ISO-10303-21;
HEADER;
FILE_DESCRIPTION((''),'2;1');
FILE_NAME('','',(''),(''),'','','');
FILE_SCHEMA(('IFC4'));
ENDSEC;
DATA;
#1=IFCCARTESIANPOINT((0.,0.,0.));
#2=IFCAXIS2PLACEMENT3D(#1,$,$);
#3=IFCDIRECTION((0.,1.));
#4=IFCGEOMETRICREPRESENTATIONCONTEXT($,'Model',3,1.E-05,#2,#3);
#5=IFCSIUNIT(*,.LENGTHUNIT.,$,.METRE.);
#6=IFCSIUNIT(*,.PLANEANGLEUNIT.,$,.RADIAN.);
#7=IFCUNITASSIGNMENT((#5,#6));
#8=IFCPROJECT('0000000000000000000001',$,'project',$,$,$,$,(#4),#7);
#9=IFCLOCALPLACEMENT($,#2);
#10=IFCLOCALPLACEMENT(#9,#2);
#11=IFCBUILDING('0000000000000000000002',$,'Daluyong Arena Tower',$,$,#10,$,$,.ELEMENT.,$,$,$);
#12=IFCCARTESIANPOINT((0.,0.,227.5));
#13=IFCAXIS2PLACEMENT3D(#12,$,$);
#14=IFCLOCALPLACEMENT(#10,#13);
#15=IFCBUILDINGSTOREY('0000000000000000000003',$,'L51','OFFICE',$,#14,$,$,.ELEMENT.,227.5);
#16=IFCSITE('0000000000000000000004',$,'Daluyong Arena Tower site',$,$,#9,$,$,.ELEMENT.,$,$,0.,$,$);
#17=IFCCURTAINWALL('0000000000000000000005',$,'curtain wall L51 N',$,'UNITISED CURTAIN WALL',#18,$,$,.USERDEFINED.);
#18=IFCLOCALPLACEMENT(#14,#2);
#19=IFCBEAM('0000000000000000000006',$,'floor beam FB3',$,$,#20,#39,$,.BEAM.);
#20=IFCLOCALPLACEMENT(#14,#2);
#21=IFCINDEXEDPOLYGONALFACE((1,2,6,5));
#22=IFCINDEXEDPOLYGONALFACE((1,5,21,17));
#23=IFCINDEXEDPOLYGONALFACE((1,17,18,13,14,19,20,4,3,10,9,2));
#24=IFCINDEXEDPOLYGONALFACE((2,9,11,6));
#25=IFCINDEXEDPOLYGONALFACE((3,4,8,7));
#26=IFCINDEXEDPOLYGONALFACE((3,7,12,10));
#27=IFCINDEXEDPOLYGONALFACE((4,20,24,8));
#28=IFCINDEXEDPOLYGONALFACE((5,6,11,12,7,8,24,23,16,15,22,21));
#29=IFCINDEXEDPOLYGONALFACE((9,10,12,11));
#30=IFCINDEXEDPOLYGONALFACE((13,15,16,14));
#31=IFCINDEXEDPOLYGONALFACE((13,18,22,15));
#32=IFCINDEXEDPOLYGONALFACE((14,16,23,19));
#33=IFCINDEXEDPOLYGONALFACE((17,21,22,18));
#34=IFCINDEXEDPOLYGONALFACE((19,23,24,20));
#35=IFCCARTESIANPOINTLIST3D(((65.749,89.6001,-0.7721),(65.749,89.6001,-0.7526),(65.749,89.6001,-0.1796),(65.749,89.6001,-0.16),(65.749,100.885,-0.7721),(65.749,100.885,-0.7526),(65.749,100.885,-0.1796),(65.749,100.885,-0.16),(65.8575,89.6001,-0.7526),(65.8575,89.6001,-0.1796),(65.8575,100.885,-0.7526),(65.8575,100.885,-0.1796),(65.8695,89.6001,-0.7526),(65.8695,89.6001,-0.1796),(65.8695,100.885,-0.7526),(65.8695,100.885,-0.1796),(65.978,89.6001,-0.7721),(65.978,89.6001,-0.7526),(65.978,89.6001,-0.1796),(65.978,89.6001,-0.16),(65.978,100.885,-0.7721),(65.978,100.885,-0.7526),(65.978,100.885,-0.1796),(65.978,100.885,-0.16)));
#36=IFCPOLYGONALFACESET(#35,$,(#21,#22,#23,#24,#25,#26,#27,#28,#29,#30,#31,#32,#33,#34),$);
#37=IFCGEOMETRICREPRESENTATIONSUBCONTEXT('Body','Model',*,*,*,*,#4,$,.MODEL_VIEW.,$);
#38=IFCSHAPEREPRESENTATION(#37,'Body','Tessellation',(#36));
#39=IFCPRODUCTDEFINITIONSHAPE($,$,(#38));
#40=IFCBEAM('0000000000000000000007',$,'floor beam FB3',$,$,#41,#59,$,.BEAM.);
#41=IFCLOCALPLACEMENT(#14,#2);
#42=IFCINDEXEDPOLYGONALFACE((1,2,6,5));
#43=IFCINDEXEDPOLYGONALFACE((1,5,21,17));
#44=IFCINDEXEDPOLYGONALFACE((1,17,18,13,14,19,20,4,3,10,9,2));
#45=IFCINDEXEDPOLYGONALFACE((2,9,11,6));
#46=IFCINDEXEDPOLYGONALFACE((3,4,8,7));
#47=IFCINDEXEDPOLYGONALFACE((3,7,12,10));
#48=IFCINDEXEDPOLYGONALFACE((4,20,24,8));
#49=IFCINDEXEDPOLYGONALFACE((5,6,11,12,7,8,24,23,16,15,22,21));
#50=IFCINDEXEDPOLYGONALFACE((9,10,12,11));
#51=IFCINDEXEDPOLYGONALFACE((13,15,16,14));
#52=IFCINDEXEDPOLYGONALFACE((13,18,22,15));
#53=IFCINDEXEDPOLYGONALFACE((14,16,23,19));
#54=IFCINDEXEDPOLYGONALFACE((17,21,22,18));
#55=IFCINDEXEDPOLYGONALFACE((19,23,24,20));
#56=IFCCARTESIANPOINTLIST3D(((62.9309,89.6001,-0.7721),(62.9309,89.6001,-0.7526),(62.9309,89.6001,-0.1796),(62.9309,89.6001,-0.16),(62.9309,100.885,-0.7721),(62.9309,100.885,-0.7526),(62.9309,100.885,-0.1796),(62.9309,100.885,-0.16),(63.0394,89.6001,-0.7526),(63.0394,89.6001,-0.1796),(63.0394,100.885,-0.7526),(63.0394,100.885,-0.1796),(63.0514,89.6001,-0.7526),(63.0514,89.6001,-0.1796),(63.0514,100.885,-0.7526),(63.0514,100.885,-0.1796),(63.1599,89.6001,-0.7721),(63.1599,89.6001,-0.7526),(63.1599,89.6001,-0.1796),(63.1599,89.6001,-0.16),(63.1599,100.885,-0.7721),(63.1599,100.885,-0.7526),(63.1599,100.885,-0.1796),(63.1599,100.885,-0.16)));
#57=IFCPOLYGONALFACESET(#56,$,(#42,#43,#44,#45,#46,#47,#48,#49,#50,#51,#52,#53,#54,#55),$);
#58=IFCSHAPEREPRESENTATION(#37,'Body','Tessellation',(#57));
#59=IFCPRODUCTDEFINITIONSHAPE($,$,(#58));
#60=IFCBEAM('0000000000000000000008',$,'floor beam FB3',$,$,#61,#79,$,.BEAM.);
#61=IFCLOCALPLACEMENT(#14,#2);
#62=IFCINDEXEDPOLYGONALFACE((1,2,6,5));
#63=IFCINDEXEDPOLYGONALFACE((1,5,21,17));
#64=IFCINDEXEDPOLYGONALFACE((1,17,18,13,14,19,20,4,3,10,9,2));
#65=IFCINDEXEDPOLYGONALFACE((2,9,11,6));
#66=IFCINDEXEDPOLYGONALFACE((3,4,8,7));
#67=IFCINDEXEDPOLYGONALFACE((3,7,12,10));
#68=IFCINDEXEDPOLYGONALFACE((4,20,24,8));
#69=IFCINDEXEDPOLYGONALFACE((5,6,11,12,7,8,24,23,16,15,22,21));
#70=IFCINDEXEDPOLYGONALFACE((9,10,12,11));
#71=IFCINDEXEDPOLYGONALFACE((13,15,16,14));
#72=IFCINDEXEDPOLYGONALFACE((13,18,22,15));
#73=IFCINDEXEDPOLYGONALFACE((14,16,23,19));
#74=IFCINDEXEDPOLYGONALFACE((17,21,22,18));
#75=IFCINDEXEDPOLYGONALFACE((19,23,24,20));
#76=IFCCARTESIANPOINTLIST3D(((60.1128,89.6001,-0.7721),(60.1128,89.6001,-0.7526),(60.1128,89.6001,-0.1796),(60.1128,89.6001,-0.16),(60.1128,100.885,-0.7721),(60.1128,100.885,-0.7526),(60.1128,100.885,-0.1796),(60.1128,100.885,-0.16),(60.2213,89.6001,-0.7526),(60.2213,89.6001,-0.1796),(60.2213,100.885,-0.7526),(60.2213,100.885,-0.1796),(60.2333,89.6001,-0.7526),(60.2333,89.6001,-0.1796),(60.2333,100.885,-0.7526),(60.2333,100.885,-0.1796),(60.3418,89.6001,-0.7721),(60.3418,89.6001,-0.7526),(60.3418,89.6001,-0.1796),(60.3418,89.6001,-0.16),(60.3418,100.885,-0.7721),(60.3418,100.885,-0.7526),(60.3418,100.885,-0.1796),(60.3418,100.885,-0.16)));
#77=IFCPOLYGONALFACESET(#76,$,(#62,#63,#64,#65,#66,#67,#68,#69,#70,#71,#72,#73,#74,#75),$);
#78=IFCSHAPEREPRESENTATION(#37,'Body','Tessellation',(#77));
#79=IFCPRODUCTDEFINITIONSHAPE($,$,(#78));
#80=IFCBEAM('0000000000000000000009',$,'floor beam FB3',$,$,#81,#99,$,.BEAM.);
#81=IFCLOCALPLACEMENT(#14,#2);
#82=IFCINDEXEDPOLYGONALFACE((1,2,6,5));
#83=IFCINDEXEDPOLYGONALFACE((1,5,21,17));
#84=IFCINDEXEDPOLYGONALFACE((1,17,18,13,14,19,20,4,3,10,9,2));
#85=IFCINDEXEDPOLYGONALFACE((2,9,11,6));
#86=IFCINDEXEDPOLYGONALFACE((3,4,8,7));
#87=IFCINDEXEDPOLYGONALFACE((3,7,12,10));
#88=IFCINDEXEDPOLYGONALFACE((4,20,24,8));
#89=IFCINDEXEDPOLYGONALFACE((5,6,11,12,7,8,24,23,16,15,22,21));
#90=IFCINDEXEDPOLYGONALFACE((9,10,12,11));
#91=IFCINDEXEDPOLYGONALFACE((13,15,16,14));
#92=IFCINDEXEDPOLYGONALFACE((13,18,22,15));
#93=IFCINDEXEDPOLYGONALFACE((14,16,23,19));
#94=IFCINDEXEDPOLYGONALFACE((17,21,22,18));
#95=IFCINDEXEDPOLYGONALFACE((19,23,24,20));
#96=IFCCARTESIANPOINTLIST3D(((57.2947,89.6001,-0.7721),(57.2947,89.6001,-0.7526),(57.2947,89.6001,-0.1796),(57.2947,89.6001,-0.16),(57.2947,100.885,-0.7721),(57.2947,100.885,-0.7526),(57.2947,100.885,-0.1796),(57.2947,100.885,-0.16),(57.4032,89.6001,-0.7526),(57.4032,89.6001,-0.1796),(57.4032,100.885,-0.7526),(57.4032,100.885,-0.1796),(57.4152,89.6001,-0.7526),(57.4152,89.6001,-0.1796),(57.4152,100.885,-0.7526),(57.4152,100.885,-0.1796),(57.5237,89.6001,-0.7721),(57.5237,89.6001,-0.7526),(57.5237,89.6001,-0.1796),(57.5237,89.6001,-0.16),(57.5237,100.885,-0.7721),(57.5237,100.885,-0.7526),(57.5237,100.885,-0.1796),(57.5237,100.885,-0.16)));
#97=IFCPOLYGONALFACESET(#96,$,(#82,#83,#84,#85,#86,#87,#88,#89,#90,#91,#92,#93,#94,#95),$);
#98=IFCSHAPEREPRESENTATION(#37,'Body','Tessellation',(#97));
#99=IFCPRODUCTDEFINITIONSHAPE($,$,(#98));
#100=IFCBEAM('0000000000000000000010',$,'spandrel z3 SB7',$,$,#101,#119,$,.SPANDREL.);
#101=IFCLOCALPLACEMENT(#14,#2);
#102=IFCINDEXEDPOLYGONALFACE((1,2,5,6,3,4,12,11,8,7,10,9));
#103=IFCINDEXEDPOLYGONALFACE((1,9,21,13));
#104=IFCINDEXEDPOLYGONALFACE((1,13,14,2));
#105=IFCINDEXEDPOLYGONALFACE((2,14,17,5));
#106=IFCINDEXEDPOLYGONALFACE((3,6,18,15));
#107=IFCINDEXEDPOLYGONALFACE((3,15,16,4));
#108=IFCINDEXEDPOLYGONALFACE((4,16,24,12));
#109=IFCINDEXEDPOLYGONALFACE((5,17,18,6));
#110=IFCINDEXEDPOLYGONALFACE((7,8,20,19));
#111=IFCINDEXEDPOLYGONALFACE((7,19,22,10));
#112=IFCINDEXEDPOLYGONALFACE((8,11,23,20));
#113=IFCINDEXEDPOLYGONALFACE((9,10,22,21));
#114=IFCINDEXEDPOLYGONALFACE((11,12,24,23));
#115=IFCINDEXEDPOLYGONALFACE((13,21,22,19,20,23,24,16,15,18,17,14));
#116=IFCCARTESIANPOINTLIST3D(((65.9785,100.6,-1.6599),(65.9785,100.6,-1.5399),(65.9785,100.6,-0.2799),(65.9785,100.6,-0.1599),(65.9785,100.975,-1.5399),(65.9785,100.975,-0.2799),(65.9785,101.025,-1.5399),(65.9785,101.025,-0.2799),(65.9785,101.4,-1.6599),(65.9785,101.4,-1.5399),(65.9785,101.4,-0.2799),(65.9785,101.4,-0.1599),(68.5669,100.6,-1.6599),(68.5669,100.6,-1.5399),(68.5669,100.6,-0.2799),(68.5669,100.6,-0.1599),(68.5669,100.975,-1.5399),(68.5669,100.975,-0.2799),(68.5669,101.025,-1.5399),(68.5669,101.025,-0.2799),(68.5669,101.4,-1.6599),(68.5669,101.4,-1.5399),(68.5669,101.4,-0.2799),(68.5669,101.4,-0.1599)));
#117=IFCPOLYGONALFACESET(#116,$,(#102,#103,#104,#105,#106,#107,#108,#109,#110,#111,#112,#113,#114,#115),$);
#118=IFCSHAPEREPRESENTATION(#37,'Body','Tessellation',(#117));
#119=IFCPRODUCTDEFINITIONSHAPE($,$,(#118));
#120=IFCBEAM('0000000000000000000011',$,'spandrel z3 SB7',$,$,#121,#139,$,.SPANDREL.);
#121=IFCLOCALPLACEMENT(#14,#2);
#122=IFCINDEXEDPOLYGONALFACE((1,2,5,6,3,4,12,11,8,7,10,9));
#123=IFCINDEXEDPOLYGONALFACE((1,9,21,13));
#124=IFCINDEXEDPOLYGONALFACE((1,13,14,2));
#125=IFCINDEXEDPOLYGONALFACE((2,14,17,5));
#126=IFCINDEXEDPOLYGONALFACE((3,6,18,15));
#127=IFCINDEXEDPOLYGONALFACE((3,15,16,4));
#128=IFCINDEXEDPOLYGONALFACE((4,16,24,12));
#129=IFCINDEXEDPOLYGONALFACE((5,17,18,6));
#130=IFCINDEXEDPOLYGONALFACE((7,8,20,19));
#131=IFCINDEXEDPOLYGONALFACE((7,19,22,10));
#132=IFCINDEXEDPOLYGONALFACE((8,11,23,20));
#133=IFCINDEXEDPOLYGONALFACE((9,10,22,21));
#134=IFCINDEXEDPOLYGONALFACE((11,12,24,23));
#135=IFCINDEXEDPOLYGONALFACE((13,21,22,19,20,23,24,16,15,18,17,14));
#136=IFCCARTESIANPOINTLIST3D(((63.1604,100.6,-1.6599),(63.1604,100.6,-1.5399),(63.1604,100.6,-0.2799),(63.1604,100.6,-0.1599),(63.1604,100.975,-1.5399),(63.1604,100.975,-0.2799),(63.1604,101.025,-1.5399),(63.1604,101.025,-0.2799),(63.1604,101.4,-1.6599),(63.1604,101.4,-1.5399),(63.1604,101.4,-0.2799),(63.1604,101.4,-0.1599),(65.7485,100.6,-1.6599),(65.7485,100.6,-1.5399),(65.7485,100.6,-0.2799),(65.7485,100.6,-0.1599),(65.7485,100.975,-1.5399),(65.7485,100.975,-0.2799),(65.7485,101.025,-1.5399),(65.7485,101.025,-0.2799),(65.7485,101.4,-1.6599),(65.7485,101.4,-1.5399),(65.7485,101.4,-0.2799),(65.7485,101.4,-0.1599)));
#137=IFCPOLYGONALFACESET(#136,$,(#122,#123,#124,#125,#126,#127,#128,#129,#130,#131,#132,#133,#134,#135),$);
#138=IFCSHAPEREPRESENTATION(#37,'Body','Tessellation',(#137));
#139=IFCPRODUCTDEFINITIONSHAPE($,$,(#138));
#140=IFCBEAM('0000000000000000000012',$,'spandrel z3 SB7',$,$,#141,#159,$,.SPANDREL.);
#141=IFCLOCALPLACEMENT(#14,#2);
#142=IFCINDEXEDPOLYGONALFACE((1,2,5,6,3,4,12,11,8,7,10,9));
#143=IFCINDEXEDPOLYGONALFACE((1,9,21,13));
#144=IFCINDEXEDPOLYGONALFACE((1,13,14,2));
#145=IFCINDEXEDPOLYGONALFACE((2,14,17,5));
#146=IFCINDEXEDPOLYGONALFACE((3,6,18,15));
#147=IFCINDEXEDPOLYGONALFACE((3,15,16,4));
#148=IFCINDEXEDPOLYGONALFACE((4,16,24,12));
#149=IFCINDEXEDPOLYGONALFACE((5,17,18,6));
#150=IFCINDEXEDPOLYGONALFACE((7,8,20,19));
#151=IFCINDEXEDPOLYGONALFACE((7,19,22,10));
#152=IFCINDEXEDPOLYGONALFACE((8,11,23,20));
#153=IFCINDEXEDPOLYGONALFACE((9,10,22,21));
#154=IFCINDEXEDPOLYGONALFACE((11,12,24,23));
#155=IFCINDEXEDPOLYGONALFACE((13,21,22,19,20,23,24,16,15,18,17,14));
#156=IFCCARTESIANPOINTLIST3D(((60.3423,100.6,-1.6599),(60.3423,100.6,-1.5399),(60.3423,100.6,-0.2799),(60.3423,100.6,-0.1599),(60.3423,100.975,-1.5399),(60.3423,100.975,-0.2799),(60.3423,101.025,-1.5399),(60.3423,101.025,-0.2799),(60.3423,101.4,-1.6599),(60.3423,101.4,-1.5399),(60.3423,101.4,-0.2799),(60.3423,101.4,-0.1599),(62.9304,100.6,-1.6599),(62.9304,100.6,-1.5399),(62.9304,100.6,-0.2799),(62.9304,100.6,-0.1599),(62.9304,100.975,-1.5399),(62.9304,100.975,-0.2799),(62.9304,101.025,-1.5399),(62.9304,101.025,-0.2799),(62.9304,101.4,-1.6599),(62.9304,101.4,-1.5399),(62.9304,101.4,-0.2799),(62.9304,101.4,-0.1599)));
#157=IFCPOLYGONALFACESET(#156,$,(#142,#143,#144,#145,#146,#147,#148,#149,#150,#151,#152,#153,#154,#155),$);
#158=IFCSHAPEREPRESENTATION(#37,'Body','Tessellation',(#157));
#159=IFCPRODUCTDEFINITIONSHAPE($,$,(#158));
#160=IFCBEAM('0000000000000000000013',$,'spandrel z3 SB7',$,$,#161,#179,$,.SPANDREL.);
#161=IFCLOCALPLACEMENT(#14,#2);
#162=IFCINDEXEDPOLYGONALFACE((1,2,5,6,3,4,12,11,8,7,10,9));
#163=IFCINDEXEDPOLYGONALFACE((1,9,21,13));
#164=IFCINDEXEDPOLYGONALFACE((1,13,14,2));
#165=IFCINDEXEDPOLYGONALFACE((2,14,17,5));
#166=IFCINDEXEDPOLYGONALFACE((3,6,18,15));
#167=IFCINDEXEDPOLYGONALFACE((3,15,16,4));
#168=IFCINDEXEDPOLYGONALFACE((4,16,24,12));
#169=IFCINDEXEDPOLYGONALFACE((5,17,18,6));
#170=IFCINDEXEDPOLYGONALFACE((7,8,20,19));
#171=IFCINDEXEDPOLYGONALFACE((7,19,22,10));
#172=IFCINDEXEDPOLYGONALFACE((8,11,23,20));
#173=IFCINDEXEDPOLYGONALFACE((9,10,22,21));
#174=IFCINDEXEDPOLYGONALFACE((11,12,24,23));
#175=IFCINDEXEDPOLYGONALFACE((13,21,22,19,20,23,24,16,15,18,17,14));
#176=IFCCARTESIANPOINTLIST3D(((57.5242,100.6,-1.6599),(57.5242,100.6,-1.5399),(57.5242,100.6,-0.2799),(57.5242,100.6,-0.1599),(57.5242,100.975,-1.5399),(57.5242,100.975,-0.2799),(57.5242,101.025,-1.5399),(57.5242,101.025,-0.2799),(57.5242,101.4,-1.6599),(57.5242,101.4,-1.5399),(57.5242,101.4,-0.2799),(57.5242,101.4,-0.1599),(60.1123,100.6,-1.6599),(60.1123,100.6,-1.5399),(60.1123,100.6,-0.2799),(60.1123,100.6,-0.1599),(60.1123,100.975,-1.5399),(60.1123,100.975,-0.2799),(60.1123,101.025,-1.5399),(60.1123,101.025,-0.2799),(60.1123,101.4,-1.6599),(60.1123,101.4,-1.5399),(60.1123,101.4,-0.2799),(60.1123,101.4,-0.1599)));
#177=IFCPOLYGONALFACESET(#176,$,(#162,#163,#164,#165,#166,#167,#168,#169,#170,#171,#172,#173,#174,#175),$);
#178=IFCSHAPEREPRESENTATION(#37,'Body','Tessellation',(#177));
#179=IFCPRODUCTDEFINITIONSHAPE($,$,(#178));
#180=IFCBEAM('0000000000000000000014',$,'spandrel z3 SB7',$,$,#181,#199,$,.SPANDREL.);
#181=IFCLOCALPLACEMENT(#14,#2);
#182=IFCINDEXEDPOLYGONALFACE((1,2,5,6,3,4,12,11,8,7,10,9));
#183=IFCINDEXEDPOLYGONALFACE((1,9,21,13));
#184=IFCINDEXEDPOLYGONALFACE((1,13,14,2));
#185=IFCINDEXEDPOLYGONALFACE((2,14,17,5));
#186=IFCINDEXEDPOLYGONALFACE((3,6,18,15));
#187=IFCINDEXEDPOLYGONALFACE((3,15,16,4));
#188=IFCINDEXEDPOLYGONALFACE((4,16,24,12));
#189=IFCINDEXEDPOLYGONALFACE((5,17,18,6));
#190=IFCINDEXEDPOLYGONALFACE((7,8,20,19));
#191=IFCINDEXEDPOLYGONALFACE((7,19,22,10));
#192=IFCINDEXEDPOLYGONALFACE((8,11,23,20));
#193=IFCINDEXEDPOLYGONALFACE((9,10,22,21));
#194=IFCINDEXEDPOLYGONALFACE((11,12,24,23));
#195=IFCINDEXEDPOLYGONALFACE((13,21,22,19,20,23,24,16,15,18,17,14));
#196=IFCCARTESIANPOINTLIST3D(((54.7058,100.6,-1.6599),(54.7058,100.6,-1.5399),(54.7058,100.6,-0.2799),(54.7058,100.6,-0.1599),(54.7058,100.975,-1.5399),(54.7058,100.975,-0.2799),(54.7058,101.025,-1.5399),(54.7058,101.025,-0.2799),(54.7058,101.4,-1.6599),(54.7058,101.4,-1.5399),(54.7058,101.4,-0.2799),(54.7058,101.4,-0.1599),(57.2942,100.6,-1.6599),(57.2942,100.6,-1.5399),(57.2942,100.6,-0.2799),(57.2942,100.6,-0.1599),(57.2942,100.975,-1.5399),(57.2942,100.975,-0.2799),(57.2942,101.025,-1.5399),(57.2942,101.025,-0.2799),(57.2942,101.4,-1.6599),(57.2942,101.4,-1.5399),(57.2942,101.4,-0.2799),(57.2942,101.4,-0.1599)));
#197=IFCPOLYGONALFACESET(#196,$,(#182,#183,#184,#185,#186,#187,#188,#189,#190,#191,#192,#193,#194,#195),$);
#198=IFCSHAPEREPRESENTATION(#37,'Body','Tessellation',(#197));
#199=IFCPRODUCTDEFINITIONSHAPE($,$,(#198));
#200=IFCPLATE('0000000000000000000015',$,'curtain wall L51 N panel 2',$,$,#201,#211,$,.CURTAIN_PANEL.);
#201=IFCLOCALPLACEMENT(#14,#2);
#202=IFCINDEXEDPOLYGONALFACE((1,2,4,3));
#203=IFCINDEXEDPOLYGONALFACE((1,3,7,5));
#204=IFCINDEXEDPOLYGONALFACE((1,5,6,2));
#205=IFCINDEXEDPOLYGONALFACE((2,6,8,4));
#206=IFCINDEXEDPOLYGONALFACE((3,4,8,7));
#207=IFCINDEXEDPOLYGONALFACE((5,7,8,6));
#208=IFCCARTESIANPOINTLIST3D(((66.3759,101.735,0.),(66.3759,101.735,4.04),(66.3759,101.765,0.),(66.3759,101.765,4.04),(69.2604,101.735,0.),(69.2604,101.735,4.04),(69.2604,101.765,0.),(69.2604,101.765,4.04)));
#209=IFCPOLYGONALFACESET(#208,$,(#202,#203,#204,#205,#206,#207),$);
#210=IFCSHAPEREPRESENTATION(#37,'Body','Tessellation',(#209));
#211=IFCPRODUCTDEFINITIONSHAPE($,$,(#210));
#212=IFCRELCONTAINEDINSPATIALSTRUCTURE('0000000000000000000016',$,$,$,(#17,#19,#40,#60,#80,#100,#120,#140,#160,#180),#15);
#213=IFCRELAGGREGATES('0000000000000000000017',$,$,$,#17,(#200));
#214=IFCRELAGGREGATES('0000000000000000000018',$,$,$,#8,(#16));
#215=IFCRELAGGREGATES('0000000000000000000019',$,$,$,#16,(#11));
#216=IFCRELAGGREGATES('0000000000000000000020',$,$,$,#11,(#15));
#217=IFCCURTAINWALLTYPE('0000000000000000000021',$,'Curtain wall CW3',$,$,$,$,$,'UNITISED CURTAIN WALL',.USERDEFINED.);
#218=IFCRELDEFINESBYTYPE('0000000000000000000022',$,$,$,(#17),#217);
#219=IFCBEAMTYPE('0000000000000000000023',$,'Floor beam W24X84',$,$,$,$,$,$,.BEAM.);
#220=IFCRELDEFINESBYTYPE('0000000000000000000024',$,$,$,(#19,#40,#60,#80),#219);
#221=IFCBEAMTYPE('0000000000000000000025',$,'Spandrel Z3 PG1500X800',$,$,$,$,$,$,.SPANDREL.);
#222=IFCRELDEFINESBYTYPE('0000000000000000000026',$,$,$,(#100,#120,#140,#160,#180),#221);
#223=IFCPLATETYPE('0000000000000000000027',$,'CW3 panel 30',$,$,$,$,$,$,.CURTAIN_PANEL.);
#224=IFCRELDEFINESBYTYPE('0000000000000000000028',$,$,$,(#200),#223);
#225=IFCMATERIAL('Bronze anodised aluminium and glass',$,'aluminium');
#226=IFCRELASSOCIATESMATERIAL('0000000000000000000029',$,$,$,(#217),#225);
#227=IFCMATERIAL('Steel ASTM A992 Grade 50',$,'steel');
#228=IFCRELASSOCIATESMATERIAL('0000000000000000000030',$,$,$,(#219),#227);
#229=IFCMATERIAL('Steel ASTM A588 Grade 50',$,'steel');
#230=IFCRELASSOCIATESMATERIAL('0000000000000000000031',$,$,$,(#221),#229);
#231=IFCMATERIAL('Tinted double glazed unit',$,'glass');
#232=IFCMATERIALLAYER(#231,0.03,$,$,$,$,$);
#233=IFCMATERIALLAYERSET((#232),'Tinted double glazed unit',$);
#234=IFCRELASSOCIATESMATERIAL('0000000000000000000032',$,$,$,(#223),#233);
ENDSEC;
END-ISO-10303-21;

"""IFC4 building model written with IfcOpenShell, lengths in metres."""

from ifc_helpers import new_model, si_unit, direction, frame, origin, origin_2d, place, context, subcontext, project, spatial, rectangle, i_section, extrude, material, layer, layer_set, material_profile, profile_set, type_object, element, aggregate, save


model = new_model("IFC4")

# Units and contexts
model_context = context("Model", 3, precision=1e-05, world=origin(), true_north=direction((0.0, 1.0)))
body_context = subcontext(model_context, "Body", "Model", "MODEL_VIEW")
ifc_project = project(units=[si_unit("LENGTHUNIT", "METRE"), si_unit("PLANEANGLEUNIT", "RADIAN")], contexts=[model_context])

# Site, building, storey
site_placement = place(None, origin())
site = spatial("IfcSite", under=ifc_project, at=site_placement, Name="Daluyong Arena Tower site", CompositionType="ELEMENT", RefElevation=0.0)
building_placement = place(site_placement, origin())
building = spatial("IfcBuilding", under=site, at=building_placement, Name="Daluyong Arena Tower", CompositionType="ELEMENT")
storey_placement = place(building_placement, frame((0.0, 0.0, 227.5)))
storey = spatial("IfcBuildingStorey", under=building, at=storey_placement, Name="L51", Description="OFFICE", CompositionType="ELEMENT", Elevation=227.5)

# Curtain wall
ifc_material_1 = material(Name="Bronze anodised aluminium and glass", Category="aluminium")
curtain_wall_type = type_object("IfcCurtainWallType", Name="Curtain wall CW3", ElementType="UNITISED CURTAIN WALL", PredefinedType="USERDEFINED", material=ifc_material_1)
curtain_wall_placement = place(storey_placement, origin())
curtain_wall = element("IfcCurtainWall", 1, at=curtain_wall_placement, inside=storey, type_object=curtain_wall_type, Name="curtain wall L51 N", ObjectType="UNITISED CURTAIN WALL", PredefinedType="USERDEFINED")

# Beams
ifc_material_2 = material(Name="Steel ASTM A992 Grade 50", Category="steel")
ifc_material_profile_1 = material_profile(ifc_material_2, i_section(OverallWidth=0.229, OverallDepth=0.6121, WebThickness=0.012, FlangeThickness=0.0195, at=origin_2d()))
ifc_profile_set_1 = profile_set([ifc_material_profile_1], Name="Steel ASTM A992 Grade 50")
beam_type_1 = type_object("IfcBeamType", Name="Floor beam W24X84", PredefinedType="BEAM", material=ifc_profile_set_1)
for number, where, z_axis, x_axis, name in (
    (2, (65.8635, 100.885, -0.4661), (0.0, -1.0, 0.0), (1.0, 0.0, 0.0), "floor beam FB3"),
    (3, (63.0454, 100.885, -0.4661), (0.0, -1.0, 0.0), (1.0, 0.0, 0.0), "floor beam FB3"),
    (4, (60.2273, 100.885, -0.4661), (0.0, -1.0, 0.0), (1.0, 0.0, 0.0), "floor beam FB3"),
    (5, (57.4092, 100.885, -0.4661), (0.0, -1.0, 0.0), (1.0, 0.0, 0.0), "floor beam FB3"),
):
    element("IfcBeam", number, at=place(storey_placement, frame(where, z_axis=z_axis, x_axis=x_axis)), inside=storey, type_object=beam_type_1, Name=name, PredefinedType="BEAM", context=body_context, shape_type="SweptSolid", body=[
        extrude(i_section(OverallWidth=0.229, OverallDepth=0.6121, WebThickness=0.012, FlangeThickness=0.0195, at=origin_2d()), origin(), (0.0, 0.0, 1.0), 11.2849),
    ])
ifc_material_3 = material(Name="Steel ASTM A588 Grade 50", Category="steel")
ifc_material_profile_2 = material_profile(ifc_material_3, i_section(OverallWidth=0.8, OverallDepth=1.5, WebThickness=0.05, FlangeThickness=0.12, at=origin_2d()))
ifc_profile_set_2 = profile_set([ifc_material_profile_2], Name="Steel ASTM A588 Grade 50")
beam_type_2 = type_object("IfcBeamType", Name="Spandrel Z3 PG1500X800", PredefinedType="SPANDREL", material=ifc_profile_set_2)
beam_1_placement = place(storey_placement, frame((68.5669, 101.0, -0.9099), z_axis=(-1.0, 0.0, 0.0), x_axis=(0.0, -1.0, 0.0)))
element("IfcBeam", 6, at=beam_1_placement, inside=storey, type_object=beam_type_2, Name="spandrel z3 SB7", PredefinedType="SPANDREL", context=body_context, shape_type="SweptSolid", body=[
    extrude(i_section(OverallWidth=0.8, OverallDepth=1.5, WebThickness=0.05, FlangeThickness=0.12, at=origin_2d()), origin(), (0.0, 0.0, 1.0), 2.5884),
])
for number, where, z_axis, x_axis, name in (
    (7, (65.7485, 101.0, -0.9099), (-1.0, 0.0, 0.0), (0.0, -1.0, 0.0), "spandrel z3 SB7"),
    (8, (62.9304, 101.0, -0.9099), (-1.0, 0.0, 0.0), (0.0, -1.0, 0.0), "spandrel z3 SB7"),
    (9, (60.1123, 101.0, -0.9099), (-1.0, 0.0, 0.0), (0.0, -1.0, 0.0), "spandrel z3 SB7"),
):
    element("IfcBeam", number, at=place(storey_placement, frame(where, z_axis=z_axis, x_axis=x_axis)), inside=storey, type_object=beam_type_2, Name=name, PredefinedType="SPANDREL", context=body_context, shape_type="SweptSolid", body=[
        extrude(i_section(OverallWidth=0.8, OverallDepth=1.5, WebThickness=0.05, FlangeThickness=0.12, at=origin_2d()), origin(), (0.0, 0.0, 1.0), 2.5881),
    ])
beam_2_placement = place(storey_placement, frame((57.2942, 101.0, -0.9099), z_axis=(-1.0, 0.0, 0.0), x_axis=(0.0, -1.0, 0.0)))
element("IfcBeam", 10, at=beam_2_placement, inside=storey, type_object=beam_type_2, Name="spandrel z3 SB7", PredefinedType="SPANDREL", context=body_context, shape_type="SweptSolid", body=[
    extrude(i_section(OverallWidth=0.8, OverallDepth=1.5, WebThickness=0.05, FlangeThickness=0.12, at=origin_2d()), origin(), (0.0, 0.0, 1.0), 2.5884),
])

# Plate
ifc_material_4 = material(Name="Tinted double glazed unit", Category="glass")
ifc_layer_1 = layer(ifc_material_4, 0.03)
ifc_layer_set_1 = layer_set([ifc_layer_1], Name="Tinted double glazed unit")
plate_type = type_object("IfcPlateType", Name="CW3 panel 30", PredefinedType="CURTAIN_PANEL", material=ifc_layer_set_1)
plate_1_placement = place(storey_placement, frame((67.8181, 101.75, 0.0), z_axis=(0.0, 0.0, 1.0), x_axis=(-1.0, 0.0, 0.0)))
plate_1 = element("IfcPlate", 11, at=plate_1_placement, type_object=plate_type, Name="curtain wall L51 N panel 2", PredefinedType="CURTAIN_PANEL", context=body_context, shape_type="SweptSolid", body=[
    extrude(rectangle(XDim=2.8845, YDim=0.03, at=origin_2d()), origin(), (0.0, 0.0, 1.0), 4.04),
])
aggregate(curtain_wall, [plate_1])

save(model, "model.ifc")
